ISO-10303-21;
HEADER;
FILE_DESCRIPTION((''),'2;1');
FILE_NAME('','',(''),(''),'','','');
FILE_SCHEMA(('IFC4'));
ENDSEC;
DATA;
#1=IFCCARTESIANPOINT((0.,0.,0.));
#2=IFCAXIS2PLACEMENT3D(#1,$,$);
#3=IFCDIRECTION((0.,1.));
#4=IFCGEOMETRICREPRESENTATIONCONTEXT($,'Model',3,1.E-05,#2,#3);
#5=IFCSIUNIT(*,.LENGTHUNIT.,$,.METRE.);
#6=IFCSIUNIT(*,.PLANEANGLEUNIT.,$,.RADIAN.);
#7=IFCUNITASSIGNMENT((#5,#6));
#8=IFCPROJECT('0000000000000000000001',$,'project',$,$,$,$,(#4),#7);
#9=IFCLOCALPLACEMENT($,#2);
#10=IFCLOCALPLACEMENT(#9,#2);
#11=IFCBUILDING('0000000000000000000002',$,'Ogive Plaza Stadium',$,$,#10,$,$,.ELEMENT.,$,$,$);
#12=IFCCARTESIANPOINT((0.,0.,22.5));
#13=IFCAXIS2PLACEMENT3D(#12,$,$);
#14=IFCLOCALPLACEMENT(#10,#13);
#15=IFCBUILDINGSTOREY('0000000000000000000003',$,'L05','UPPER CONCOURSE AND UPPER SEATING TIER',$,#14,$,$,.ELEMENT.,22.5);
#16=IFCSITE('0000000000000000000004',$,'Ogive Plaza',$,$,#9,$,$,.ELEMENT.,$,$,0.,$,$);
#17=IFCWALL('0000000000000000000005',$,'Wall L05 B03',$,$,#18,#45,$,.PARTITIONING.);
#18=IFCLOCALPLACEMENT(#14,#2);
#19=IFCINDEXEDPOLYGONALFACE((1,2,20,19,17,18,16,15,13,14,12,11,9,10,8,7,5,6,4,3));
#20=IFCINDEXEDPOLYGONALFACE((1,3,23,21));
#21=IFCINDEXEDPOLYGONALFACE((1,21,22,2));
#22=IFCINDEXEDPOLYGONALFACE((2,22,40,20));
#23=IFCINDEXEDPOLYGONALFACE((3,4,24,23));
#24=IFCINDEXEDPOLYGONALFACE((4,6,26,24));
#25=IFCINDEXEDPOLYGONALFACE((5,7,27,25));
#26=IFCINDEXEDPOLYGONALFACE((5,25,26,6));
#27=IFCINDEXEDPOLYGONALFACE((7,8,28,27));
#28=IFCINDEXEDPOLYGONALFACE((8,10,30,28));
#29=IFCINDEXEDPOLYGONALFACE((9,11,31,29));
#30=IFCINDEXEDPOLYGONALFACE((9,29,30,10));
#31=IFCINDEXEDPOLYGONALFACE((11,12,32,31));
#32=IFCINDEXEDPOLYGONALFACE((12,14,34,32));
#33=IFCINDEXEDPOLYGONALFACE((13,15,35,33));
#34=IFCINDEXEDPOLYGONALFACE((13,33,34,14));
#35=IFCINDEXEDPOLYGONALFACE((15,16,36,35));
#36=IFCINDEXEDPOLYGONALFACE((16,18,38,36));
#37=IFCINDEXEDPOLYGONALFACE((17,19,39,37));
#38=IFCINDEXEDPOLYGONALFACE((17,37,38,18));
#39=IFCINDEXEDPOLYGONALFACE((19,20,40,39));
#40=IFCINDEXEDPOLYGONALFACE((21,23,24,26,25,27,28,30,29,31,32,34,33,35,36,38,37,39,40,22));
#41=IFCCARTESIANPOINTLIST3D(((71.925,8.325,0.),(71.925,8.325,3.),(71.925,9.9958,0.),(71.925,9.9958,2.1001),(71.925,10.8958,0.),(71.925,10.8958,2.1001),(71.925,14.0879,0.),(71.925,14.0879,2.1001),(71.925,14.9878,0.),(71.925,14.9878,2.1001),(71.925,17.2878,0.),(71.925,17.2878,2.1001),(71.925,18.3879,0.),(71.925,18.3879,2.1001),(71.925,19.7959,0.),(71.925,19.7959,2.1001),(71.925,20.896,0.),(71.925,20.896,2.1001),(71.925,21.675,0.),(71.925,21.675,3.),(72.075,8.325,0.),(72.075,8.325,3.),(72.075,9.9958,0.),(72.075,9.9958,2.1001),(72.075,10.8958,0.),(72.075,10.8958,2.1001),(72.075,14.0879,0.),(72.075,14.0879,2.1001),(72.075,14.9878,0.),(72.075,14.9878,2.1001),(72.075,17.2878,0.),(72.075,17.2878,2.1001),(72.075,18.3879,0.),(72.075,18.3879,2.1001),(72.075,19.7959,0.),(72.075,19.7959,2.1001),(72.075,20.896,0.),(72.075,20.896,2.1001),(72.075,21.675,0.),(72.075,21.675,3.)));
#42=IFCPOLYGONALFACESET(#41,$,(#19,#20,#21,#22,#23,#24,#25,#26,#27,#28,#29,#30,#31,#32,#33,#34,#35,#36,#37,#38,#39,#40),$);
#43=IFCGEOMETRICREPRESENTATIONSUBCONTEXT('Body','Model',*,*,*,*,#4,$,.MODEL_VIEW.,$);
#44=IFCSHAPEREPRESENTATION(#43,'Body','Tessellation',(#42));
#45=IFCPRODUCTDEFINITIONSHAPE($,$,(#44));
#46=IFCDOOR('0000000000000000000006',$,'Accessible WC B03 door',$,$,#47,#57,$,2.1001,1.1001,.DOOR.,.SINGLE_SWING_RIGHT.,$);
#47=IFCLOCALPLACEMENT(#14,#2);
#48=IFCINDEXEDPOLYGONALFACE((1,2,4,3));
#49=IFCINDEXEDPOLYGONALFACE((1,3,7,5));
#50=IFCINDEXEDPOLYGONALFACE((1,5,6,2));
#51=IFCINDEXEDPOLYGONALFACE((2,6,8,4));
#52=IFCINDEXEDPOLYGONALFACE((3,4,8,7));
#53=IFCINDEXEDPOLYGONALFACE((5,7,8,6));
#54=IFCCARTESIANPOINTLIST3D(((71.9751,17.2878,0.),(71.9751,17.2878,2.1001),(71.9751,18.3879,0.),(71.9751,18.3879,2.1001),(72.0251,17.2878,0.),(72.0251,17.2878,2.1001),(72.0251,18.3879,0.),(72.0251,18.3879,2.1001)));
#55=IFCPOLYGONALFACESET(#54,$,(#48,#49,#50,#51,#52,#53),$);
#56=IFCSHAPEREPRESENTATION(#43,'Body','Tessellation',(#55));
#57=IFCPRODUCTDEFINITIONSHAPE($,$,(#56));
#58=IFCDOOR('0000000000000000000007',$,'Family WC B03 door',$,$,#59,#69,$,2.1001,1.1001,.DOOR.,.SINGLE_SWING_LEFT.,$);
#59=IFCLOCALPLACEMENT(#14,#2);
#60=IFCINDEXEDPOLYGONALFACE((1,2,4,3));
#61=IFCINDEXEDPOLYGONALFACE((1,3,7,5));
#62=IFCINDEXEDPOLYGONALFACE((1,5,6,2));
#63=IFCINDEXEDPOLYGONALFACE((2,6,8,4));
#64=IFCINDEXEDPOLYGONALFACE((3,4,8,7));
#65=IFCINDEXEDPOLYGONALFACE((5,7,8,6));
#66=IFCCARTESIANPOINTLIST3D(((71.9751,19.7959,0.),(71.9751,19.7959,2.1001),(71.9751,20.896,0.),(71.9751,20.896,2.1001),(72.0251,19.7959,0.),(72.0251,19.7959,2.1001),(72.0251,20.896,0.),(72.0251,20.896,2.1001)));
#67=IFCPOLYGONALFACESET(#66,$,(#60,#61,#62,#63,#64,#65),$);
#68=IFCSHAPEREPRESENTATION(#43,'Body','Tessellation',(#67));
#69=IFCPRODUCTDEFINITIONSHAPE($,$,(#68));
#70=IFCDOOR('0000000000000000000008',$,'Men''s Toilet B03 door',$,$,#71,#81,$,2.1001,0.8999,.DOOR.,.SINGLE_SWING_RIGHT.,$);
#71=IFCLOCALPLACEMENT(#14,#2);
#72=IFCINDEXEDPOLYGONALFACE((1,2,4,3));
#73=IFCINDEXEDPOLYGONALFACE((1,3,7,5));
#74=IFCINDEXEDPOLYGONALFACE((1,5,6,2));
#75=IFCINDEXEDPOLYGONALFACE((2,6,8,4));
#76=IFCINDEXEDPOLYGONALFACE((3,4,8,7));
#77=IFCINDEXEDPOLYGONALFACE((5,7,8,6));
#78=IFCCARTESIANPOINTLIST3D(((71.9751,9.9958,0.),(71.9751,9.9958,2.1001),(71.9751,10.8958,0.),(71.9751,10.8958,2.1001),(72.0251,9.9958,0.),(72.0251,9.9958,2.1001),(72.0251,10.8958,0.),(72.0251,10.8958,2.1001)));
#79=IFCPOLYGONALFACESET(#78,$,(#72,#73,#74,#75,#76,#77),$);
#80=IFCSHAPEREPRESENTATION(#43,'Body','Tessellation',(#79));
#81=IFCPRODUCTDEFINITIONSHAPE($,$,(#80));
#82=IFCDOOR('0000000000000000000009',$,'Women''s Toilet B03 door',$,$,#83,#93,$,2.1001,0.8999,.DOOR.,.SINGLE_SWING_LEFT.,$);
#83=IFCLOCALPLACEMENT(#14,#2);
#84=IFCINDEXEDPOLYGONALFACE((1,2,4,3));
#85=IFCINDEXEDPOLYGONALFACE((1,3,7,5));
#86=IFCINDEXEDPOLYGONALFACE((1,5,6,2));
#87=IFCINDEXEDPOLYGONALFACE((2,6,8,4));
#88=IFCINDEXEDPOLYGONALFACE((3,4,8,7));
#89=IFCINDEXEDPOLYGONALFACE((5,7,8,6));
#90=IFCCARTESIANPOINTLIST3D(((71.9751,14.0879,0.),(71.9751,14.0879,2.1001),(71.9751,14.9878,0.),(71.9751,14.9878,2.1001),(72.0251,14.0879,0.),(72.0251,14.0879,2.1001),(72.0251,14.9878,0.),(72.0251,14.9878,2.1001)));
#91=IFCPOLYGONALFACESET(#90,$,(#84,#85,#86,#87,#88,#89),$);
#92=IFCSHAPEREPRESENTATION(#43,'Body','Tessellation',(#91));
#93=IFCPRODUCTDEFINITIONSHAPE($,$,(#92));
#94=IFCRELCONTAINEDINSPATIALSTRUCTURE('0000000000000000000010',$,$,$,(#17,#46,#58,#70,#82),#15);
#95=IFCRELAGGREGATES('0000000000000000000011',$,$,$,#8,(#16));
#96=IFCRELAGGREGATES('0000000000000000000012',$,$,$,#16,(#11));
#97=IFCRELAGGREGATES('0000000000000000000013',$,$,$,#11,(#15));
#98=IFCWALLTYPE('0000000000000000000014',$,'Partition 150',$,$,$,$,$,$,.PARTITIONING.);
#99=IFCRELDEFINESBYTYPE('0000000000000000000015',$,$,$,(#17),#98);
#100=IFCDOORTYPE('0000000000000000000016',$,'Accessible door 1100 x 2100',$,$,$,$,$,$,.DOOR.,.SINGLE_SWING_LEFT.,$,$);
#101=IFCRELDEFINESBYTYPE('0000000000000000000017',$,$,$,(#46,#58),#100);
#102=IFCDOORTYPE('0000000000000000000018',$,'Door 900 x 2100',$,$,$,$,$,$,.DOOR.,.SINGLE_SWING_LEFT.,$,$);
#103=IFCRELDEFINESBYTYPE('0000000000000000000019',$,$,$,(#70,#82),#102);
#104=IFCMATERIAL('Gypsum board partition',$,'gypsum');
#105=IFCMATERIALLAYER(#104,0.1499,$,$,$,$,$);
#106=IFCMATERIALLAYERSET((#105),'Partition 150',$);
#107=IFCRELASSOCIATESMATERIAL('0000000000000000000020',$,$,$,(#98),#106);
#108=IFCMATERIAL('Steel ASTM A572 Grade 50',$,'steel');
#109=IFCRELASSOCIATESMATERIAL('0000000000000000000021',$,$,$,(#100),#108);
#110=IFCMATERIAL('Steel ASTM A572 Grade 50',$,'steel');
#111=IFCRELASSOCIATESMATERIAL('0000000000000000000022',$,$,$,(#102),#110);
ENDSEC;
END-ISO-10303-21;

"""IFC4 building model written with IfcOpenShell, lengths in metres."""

from ifc_helpers import new_model, si_unit, direction, frame, frame_2d, origin, place, context, subcontext, project, spatial, rectangle, extrude, material, layer, layer_set, type_object, element, fill, save


model = new_model("IFC4")

# Units and contexts
model_context = context("Model", 3, precision=1e-05, world=origin(), true_north=direction((0.0, 1.0)))
body_context = subcontext(model_context, "Body", "Model", "MODEL_VIEW")
ifc_project = project(units=[si_unit("LENGTHUNIT", "METRE"), si_unit("PLANEANGLEUNIT", "RADIAN")], contexts=[model_context])

# Site, building, storey
site_placement = place(None, origin())
site = spatial("IfcSite", under=ifc_project, at=site_placement, Name="Ogive Plaza", CompositionType="ELEMENT", RefElevation=0.0)
building_placement = place(site_placement, origin())
building = spatial("IfcBuilding", under=site, at=building_placement, Name="Ogive Plaza Stadium", CompositionType="ELEMENT")
storey_placement = place(building_placement, frame((0.0, 0.0, 22.5)))
storey = spatial("IfcBuildingStorey", under=building, at=storey_placement, Name="L05", Description="UPPER CONCOURSE AND UPPER SEATING TIER", CompositionType="ELEMENT", Elevation=22.5)

# Wall, openings, doors
ifc_material_1 = material(Name="Gypsum board partition", Category="gypsum")
ifc_layer_1 = layer(ifc_material_1, 0.1499)
ifc_layer_set_1 = layer_set([ifc_layer_1], Name="Partition 150")
wall_type_1 = type_object("IfcWallType", Name="Partition 150", PredefinedType="PARTITIONING", material=ifc_layer_set_1)
wall_1_placement = place(storey_placement, frame((72.0, 8.325, 0.0), z_axis=(0.0, 0.0, 1.0), x_axis=(0.0, 1.0, 0.0)))
wall_1 = element("IfcWall", 1, at=wall_1_placement, inside=storey, type_object=wall_type_1, Name="Wall L05 B03", PredefinedType="PARTITIONING", context=body_context, shape_type="SweptSolid", body=[
    extrude(rectangle(XDim=13.3501, YDim=0.1499, at=frame_2d((6.675, 0.0))), origin(), (0.0, 0.0, 1.0), 3.0),
])
opening_1_placement = place(wall_1_placement, frame((1.6709, 0.0, 0.0)))
opening_1 = element("IfcOpeningElement", 2, at=opening_1_placement, cuts=wall_1, PredefinedType="OPENING", context=body_context, shape_type="SweptSolid", body=[
    extrude(rectangle(XDim=0.8999, YDim=2.1001, at=frame_2d((0.45, 1.05))), frame((0.0, 0.075, 0.0), z_axis=(0.0, -1.0, 0.0), x_axis=(1.0, 0.0, 0.0)), (0.0, 0.0, 1.0), 0.1499),
])
opening_2_placement = place(wall_1_placement, frame((5.7629, 0.0, 0.0)))
opening_2 = element("IfcOpeningElement", 3, at=opening_2_placement, cuts=wall_1, PredefinedType="OPENING", context=body_context, shape_type="SweptSolid", body=[
    extrude(rectangle(XDim=0.8999, YDim=2.1001, at=frame_2d((0.45, 1.05))), frame((0.0, 0.075, 0.0), z_axis=(0.0, -1.0, 0.0), x_axis=(1.0, 0.0, 0.0)), (0.0, 0.0, 1.0), 0.1499),
])
opening_3_placement = place(wall_1_placement, frame((8.9629, 0.0, 0.0)))
opening_3 = element("IfcOpeningElement", 4, at=opening_3_placement, cuts=wall_1, PredefinedType="OPENING", context=body_context, shape_type="SweptSolid", body=[
    extrude(rectangle(XDim=1.1001, YDim=2.1001, at=frame_2d((0.55, 1.05))), frame((0.0, 0.075, 0.0), z_axis=(0.0, -1.0, 0.0), x_axis=(1.0, 0.0, 0.0)), (0.0, 0.0, 1.0), 0.1499),
])
opening_4_placement = place(wall_1_placement, frame((11.4709, 0.0, 0.0)))
opening_4 = element("IfcOpeningElement", 5, at=opening_4_placement, cuts=wall_1, PredefinedType="OPENING", context=body_context, shape_type="SweptSolid", body=[
    extrude(rectangle(XDim=1.1001, YDim=2.1001, at=frame_2d((0.55, 1.05))), frame((0.0, 0.075, 0.0), z_axis=(0.0, -1.0, 0.0), x_axis=(1.0, 0.0, 0.0)), (0.0, 0.0, 1.0), 0.1499),
])
ifc_material_2 = material(Name="Steel ASTM A572 Grade 50", Category="steel")
door_type_1 = type_object("IfcDoorType", Name="Accessible door 1100 x 2100", OperationType="SINGLE_SWING_LEFT", PredefinedType="DOOR", material=ifc_material_2)
door_1_placement = place(opening_3_placement, origin())
door_1 = element("IfcDoor", 6, at=door_1_placement, inside=storey, type_object=door_type_1, Name="Accessible WC B03 door", OperationType="SINGLE_SWING_RIGHT", OverallHeight=2.1001, OverallWidth=1.1001, PredefinedType="DOOR", context=body_context, shape_type="SweptSolid", body=[
    extrude(rectangle(XDim=1.1001, YDim=2.1001, at=frame_2d((0.55, 1.05))), frame((0.0, 0.0249, 0.0), z_axis=(0.0, -1.0, 0.0), x_axis=(1.0, 0.0, 0.0)), (0.0, 0.0, 1.0), 0.05),
])
fill(opening_3, door_1)
door_2_placement = place(opening_4_placement, origin())
door_2 = element("IfcDoor", 7, at=door_2_placement, inside=storey, type_object=door_type_1, Name="Family WC B03 door", OperationType="SINGLE_SWING_LEFT", OverallHeight=2.1001, OverallWidth=1.1001, PredefinedType="DOOR", context=body_context, shape_type="SweptSolid", body=[
    extrude(rectangle(XDim=1.1001, YDim=2.1001, at=frame_2d((0.55, 1.05))), frame((0.0, 0.0249, 0.0), z_axis=(0.0, -1.0, 0.0), x_axis=(1.0, 0.0, 0.0)), (0.0, 0.0, 1.0), 0.05),
])
fill(opening_4, door_2)
ifc_material_3 = material(Name="Steel ASTM A572 Grade 50", Category="steel")
door_type_2 = type_object("IfcDoorType", Name="Door 900 x 2100", OperationType="SINGLE_SWING_LEFT", PredefinedType="DOOR", material=ifc_material_3)
door_3_placement = place(opening_1_placement, origin())
door_3 = element("IfcDoor", 8, at=door_3_placement, inside=storey, type_object=door_type_2, Name="Men's Toilet B03 door", OperationType="SINGLE_SWING_RIGHT", OverallHeight=2.1001, OverallWidth=0.8999, PredefinedType="DOOR", context=body_context, shape_type="SweptSolid", body=[
    extrude(rectangle(XDim=0.8999, YDim=2.1001, at=frame_2d((0.45, 1.05))), frame((0.0, 0.0249, 0.0), z_axis=(0.0, -1.0, 0.0), x_axis=(1.0, 0.0, 0.0)), (0.0, 0.0, 1.0), 0.05),
])
fill(opening_1, door_3)
door_4_placement = place(opening_2_placement, origin())
door_4 = element("IfcDoor", 9, at=door_4_placement, inside=storey, type_object=door_type_2, Name="Women's Toilet B03 door", OperationType="SINGLE_SWING_LEFT", OverallHeight=2.1001, OverallWidth=0.8999, PredefinedType="DOOR", context=body_context, shape_type="SweptSolid", body=[
    extrude(rectangle(XDim=0.8999, YDim=2.1001, at=frame_2d((0.45, 1.05))), frame((0.0, 0.0249, 0.0), z_axis=(0.0, -1.0, 0.0), x_axis=(1.0, 0.0, 0.0)), (0.0, 0.0, 1.0), 0.05),
])
fill(opening_2, door_4)

save(model, "model.ifc")
